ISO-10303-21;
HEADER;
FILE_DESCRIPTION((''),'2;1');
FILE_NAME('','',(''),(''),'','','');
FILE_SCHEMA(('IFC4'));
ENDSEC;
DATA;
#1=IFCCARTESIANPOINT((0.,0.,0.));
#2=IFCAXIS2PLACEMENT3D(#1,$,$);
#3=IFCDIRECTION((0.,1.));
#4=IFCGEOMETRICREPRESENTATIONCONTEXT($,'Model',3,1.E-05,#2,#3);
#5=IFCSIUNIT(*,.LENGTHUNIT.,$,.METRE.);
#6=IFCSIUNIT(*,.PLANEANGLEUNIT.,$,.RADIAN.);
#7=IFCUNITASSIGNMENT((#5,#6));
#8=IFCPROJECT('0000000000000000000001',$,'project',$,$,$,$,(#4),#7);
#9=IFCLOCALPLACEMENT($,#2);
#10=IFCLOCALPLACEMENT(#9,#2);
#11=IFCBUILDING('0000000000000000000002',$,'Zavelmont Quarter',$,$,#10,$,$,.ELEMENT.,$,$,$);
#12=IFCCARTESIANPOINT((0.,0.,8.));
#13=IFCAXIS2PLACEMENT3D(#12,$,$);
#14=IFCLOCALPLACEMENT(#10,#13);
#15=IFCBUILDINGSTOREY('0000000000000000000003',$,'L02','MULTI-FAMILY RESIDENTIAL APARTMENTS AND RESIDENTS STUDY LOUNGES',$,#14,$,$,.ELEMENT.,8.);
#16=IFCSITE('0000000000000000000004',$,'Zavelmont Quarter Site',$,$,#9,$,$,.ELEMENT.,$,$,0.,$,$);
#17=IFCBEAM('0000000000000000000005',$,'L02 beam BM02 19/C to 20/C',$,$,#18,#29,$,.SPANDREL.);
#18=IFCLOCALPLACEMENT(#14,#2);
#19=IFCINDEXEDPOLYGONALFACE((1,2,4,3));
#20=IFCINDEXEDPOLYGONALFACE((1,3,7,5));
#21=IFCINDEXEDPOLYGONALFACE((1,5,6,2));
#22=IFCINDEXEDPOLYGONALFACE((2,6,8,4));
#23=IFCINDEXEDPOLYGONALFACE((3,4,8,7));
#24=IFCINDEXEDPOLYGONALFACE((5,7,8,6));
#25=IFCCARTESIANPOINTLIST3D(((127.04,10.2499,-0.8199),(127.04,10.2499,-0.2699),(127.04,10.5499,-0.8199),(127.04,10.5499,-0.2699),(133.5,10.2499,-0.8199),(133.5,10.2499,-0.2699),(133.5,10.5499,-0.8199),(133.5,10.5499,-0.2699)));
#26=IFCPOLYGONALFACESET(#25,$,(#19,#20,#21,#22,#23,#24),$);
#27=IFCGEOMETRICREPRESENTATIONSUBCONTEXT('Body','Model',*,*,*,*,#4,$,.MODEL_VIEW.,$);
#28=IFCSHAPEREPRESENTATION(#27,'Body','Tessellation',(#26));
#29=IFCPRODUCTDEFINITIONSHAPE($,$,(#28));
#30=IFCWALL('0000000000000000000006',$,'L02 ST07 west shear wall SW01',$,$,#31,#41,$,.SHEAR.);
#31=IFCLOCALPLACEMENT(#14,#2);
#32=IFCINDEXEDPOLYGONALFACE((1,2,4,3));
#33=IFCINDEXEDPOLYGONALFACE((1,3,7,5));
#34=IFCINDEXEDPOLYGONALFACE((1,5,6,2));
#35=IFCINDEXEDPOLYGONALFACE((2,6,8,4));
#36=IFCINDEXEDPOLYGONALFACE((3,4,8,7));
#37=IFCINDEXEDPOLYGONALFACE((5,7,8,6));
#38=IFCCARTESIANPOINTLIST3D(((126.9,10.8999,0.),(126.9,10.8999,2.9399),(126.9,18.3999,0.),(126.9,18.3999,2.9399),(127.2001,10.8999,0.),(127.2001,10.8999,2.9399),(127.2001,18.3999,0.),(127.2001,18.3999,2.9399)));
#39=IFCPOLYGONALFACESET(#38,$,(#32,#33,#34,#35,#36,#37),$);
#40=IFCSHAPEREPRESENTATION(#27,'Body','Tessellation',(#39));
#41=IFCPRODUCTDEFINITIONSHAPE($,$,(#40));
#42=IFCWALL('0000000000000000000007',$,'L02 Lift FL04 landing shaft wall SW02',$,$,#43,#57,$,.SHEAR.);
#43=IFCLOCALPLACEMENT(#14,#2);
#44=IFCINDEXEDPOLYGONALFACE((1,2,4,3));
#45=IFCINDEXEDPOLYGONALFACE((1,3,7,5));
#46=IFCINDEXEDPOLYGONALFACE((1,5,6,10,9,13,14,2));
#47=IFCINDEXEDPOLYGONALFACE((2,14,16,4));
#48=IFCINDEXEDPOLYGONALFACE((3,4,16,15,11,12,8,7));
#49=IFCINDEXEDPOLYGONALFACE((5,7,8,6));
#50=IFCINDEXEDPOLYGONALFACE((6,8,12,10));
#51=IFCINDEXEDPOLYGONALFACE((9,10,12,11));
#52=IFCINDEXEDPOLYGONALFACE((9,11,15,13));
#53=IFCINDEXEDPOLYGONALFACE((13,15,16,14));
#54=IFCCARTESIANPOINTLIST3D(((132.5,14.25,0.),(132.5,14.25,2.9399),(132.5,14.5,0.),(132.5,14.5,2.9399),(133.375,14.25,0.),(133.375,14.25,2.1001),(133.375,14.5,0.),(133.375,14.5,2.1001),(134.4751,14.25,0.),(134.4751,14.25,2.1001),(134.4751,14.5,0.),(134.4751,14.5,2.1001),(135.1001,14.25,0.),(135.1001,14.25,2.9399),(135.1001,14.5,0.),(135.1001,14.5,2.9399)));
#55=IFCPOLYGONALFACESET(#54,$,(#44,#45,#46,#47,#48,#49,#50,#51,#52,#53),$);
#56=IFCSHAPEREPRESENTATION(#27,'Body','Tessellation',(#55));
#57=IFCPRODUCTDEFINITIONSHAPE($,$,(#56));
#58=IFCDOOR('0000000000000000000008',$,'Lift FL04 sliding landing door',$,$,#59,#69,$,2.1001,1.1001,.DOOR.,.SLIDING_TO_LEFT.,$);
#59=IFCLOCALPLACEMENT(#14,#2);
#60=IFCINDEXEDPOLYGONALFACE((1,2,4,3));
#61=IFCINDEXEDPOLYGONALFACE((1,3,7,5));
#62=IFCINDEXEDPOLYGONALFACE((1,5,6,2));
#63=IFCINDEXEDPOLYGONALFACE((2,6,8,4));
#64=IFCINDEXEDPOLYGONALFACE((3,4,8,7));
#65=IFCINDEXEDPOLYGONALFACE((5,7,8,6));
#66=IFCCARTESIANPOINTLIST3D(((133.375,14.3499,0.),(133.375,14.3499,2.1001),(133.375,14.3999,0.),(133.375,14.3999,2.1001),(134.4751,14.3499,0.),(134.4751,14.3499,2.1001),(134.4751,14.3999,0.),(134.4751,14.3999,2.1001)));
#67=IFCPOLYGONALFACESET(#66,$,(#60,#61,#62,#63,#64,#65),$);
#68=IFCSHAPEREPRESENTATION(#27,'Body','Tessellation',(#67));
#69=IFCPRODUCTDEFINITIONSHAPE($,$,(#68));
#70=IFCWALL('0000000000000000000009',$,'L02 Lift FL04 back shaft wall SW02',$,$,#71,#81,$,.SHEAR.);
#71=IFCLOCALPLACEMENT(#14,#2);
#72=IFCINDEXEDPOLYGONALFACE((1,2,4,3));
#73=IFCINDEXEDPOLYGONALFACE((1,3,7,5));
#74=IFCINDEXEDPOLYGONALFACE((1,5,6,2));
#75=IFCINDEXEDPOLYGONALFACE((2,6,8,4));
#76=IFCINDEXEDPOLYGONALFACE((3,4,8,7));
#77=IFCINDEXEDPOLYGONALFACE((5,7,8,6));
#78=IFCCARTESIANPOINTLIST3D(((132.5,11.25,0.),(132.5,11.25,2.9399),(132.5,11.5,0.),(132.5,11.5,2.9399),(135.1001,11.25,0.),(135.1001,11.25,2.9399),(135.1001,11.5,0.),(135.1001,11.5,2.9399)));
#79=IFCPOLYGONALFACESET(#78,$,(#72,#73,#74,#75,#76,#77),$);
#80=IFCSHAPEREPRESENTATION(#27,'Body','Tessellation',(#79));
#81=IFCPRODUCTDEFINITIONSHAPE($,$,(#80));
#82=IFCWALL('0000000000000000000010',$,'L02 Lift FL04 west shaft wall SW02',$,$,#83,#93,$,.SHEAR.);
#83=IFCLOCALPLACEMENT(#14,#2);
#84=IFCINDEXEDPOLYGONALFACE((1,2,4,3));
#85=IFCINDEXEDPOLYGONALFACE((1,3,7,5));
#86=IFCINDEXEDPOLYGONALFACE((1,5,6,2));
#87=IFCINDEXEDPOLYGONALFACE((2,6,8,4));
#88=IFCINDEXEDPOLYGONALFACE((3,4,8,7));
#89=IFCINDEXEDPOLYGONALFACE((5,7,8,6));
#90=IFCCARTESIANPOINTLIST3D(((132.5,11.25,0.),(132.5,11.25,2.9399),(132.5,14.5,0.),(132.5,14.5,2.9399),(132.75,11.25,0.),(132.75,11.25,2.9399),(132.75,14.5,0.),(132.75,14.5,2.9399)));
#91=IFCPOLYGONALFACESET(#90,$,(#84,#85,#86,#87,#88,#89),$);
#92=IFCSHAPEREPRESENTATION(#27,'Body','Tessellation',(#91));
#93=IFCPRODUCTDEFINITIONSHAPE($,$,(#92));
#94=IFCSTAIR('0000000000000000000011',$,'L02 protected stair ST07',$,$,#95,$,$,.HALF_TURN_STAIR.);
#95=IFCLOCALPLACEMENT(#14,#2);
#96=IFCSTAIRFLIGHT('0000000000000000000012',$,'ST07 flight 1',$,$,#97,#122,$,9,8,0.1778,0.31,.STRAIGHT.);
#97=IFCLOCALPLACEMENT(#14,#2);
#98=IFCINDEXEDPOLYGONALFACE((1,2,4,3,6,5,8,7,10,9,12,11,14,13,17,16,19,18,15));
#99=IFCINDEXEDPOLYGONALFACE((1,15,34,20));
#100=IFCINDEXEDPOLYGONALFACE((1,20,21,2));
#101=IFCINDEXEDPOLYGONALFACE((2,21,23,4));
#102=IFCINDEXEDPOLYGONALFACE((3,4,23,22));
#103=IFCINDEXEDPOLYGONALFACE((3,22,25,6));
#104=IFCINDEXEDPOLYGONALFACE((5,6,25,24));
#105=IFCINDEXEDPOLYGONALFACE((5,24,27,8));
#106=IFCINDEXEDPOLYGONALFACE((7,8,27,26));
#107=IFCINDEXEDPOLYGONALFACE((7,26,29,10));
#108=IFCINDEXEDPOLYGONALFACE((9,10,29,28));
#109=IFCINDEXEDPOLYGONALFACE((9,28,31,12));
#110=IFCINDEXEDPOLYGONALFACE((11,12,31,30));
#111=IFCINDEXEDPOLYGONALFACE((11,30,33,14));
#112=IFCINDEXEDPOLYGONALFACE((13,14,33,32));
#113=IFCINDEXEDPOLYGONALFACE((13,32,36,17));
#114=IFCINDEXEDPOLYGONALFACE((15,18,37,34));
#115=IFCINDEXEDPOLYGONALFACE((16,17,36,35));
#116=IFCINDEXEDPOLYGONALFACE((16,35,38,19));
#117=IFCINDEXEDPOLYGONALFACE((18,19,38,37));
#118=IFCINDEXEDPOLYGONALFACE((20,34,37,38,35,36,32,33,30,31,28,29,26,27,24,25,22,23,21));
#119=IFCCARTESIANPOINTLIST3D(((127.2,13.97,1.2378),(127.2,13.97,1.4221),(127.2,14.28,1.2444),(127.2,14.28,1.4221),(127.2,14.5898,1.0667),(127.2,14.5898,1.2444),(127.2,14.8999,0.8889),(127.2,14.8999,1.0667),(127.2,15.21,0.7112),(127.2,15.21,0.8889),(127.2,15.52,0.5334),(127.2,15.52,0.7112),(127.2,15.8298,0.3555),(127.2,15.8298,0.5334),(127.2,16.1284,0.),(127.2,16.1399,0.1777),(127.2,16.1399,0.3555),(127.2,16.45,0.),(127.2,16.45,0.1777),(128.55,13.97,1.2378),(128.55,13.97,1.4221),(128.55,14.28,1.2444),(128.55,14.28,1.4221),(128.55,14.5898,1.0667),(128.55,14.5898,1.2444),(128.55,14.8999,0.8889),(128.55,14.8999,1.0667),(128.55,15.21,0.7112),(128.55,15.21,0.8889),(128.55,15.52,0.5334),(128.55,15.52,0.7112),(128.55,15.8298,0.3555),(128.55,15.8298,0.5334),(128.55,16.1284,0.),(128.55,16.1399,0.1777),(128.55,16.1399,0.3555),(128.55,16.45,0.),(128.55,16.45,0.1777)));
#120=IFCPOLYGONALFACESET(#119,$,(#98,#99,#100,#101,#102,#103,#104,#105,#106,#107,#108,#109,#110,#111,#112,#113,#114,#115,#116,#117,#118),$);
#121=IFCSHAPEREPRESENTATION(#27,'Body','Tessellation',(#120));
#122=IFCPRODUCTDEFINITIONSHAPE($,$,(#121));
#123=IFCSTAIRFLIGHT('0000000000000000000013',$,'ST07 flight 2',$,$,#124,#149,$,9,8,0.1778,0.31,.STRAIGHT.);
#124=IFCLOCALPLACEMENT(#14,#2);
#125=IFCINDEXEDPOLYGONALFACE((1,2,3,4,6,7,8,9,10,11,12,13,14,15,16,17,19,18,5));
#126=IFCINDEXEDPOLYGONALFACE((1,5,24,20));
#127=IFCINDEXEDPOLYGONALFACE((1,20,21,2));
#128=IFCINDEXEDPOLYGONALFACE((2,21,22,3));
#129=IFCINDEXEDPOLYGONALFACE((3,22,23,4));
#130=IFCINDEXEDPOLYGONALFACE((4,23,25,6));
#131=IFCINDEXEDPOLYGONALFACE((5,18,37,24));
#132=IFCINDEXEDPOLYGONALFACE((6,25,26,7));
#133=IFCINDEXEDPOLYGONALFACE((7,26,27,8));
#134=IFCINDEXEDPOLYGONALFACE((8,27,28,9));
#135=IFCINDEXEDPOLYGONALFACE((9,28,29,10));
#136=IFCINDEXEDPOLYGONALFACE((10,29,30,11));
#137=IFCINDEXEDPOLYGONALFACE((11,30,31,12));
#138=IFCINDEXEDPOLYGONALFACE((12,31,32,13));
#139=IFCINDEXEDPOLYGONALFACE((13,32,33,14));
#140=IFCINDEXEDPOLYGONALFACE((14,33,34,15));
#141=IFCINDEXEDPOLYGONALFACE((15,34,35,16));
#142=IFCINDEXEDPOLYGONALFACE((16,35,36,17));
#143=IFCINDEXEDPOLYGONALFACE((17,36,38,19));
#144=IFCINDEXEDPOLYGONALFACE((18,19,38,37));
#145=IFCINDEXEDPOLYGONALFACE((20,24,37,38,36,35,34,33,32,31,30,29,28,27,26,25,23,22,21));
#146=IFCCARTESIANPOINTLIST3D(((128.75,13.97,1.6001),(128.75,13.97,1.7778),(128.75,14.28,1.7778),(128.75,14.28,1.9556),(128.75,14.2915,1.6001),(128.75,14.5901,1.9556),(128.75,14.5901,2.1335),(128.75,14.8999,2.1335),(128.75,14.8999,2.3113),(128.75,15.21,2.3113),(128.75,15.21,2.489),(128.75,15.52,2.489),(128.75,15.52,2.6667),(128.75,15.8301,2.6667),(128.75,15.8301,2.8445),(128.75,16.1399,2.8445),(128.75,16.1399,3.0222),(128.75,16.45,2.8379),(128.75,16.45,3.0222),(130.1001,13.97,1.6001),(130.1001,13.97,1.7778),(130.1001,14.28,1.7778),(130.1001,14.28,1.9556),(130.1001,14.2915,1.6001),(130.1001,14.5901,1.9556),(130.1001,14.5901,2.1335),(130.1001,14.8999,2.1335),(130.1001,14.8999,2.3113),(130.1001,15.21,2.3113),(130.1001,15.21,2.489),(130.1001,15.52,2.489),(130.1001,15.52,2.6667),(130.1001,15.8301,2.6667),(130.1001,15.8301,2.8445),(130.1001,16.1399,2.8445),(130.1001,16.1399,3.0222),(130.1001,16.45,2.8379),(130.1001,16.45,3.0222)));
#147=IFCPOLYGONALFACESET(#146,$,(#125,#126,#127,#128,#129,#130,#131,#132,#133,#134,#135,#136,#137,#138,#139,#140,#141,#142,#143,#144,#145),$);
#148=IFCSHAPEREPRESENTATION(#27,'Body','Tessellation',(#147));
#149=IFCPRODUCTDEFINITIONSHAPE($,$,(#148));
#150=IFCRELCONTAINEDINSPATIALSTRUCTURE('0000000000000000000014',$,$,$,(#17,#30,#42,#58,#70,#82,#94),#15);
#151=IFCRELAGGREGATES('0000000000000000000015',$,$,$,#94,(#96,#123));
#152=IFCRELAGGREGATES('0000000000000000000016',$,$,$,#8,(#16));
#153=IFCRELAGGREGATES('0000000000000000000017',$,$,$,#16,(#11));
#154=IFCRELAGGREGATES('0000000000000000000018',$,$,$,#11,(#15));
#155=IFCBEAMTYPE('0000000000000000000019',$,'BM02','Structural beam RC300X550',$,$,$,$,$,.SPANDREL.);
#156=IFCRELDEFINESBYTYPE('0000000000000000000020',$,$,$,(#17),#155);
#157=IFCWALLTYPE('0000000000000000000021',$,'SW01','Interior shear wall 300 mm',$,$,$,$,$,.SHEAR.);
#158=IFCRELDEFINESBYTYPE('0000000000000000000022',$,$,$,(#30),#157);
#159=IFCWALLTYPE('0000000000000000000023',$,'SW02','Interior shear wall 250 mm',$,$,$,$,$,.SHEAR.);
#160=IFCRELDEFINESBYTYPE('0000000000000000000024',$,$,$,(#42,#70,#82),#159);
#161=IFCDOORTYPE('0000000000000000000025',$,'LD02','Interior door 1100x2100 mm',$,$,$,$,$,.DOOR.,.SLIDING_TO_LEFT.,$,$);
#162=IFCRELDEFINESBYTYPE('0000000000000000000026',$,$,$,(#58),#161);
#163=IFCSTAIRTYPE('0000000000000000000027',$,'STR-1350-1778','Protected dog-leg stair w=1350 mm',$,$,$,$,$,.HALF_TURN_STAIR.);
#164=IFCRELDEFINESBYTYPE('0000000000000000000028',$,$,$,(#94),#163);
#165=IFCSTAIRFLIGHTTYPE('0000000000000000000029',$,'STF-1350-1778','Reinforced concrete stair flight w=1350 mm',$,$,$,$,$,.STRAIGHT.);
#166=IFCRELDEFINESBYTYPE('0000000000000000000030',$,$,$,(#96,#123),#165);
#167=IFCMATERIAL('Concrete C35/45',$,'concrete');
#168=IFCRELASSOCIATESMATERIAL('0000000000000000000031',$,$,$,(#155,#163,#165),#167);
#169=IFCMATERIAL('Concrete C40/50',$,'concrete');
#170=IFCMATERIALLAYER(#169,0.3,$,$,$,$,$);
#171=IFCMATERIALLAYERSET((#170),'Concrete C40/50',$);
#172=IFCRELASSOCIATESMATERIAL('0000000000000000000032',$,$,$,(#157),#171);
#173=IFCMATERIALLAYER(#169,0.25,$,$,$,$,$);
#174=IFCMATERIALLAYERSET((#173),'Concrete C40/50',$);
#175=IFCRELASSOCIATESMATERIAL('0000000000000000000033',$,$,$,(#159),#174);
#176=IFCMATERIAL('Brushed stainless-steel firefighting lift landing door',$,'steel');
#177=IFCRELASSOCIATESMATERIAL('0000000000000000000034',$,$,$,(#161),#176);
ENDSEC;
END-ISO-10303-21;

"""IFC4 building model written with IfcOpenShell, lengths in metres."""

from ifc_helpers import new_model, si_unit, direction, frame, frame_2d, origin, origin_with_axes, origin_2d, place, context, subcontext, project, spatial, polyline, rectangle, outline, extrude, material, layer, layer_set, material_profile, profile_set, type_object, element, fill, aggregate, save


model = new_model("IFC4")

# Units and contexts
model_context = context("Model", 3, precision=1e-05, world=origin(), true_north=direction((0.0, 1.0)))
body_context = subcontext(model_context, "Body", "Model", "MODEL_VIEW")
ifc_project = project(units=[si_unit("LENGTHUNIT", "METRE"), si_unit("PLANEANGLEUNIT", "RADIAN")], contexts=[model_context])

# Site, building, storey
site_placement = place(None, origin())
site = spatial("IfcSite", under=ifc_project, at=site_placement, Name="Zavelmont Quarter Site", CompositionType="ELEMENT", RefElevation=0.0)
building_placement = place(site_placement, origin())
building = spatial("IfcBuilding", under=site, at=building_placement, Name="Zavelmont Quarter", CompositionType="ELEMENT")
storey_placement = place(building_placement, frame((0.0, 0.0, 8.0)))
storey = spatial("IfcBuildingStorey", under=building, at=storey_placement, Name="L02", Description="MULTI-FAMILY RESIDENTIAL APARTMENTS AND RESIDENTS STUDY LOUNGES", CompositionType="ELEMENT", Elevation=8.0)

# Beam
ifc_material_1 = material(Name="Concrete C35/45", Category="concrete")
ifc_material_profile = material_profile(ifc_material_1, rectangle(XDim=0.3, YDim=0.55, at=origin_2d()), Name="RC300X550")
ifc_profile_set = profile_set([ifc_material_profile], Name="Concrete C35/45")
beam_type = type_object("IfcBeamType", Name="BM02", Description="Structural beam RC300X550", PredefinedType="SPANDREL", material=ifc_profile_set)
beam_placement = place(storey_placement, frame((127.04, 10.3999, -0.5449), z_axis=(1.0, 0.0, 0.0), x_axis=(0.0, 1.0, 0.0)))
element("IfcBeam", 1, at=beam_placement, inside=storey, type_object=beam_type, Name="L02 beam BM02 19/C to 20/C", PredefinedType="SPANDREL", context=body_context, shape_type="SweptSolid", body=[
    extrude(rectangle(XDim=0.3, YDim=0.55, at=origin_2d()), origin(), (0.0, 0.0, 1.0), 6.46),
])

# Wall
ifc_material_2 = material(Name="Concrete C40/50", Category="concrete")
ifc_layer_1 = layer(ifc_material_2, 0.3)
ifc_layer_set_1 = layer_set([ifc_layer_1], Name="Concrete C40/50")
wall_type_1 = type_object("IfcWallType", Name="SW01", Description="Interior shear wall 300 mm", PredefinedType="SHEAR", material=ifc_layer_set_1)
wall_1_placement = place(storey_placement, frame((127.05, 10.8999, 0.0), z_axis=(0.0, 0.0, 1.0), x_axis=(0.0, 1.0, 0.0)))
element("IfcWall", 2, at=wall_1_placement, inside=storey, type_object=wall_type_1, Name="L02 ST07 west shear wall SW01", PredefinedType="SHEAR", context=body_context, shape_type="SweptSolid", body=[
    extrude(rectangle(XDim=7.5, YDim=0.3, at=frame_2d((3.75, 0.0))), origin(), (0.0, 0.0, 1.0), 2.9399),
])

# Wall, opening, door
ifc_layer_2 = layer(ifc_material_2, 0.25)
ifc_layer_set_2 = layer_set([ifc_layer_2], Name="Concrete C40/50")
wall_type_2 = type_object("IfcWallType", Name="SW02", Description="Interior shear wall 250 mm", PredefinedType="SHEAR", material=ifc_layer_set_2)
wall_2_placement = place(storey_placement, frame((132.5, 14.375, 0.0), z_axis=(0.0, 0.0, 1.0), x_axis=(1.0, 0.0, 0.0)))
wall_2 = element("IfcWall", 3, at=wall_2_placement, inside=storey, type_object=wall_type_2, Name="L02 Lift FL04 landing shaft wall SW02", PredefinedType="SHEAR", context=body_context, shape_type="SweptSolid", body=[
    extrude(rectangle(XDim=2.6001, YDim=0.25, at=frame_2d((1.3, 0.0))), origin(), (0.0, 0.0, 1.0), 2.9399),
])
opening_1_placement = place(wall_2_placement, frame((0.875, 0.0, 0.0)))
opening_1 = element("IfcOpeningElement", 4, at=opening_1_placement, cuts=wall_2, PredefinedType="OPENING", context=body_context, shape_type="SweptSolid", body=[
    extrude(rectangle(XDim=1.1001, YDim=2.1001, at=frame_2d((0.55, 1.05))), frame((0.0, 0.137, 0.0), z_axis=(0.0, -1.0, 0.0), x_axis=(1.0, 0.0, 0.0)), (0.0, 0.0, 1.0), 0.2739),
])
ifc_material_3 = material(Name="Brushed stainless-steel firefighting lift landing door", Category="steel")
door_type_1 = type_object("IfcDoorType", Name="LD02", Description="Interior door 1100x2100 mm", OperationType="SLIDING_TO_LEFT", PredefinedType="DOOR", material=ifc_material_3)
door_1_placement = place(opening_1_placement, origin_with_axes())
door_1 = element("IfcDoor", 5, at=door_1_placement, inside=storey, type_object=door_type_1, Name="Lift FL04 sliding landing door", OperationType="SLIDING_TO_LEFT", OverallHeight=2.1001, OverallWidth=1.1001, PredefinedType="DOOR", context=body_context, shape_type="SweptSolid", body=[
    extrude(rectangle(XDim=1.1001, YDim=2.1001, at=frame_2d((0.55, 1.05))), frame((0.0, 0.0249, 0.0), z_axis=(0.0, -1.0, 0.0), x_axis=(1.0, 0.0, 0.0)), (0.0, 0.0, 1.0), 0.05),
])
fill(opening_1, door_1)

# Walls
wall_3_placement = place(storey_placement, frame((132.5, 11.375, 0.0), z_axis=(0.0, 0.0, 1.0), x_axis=(1.0, 0.0, 0.0)))
element("IfcWall", 6, at=wall_3_placement, inside=storey, type_object=wall_type_2, Name="L02 Lift FL04 back shaft wall SW02", PredefinedType="SHEAR", context=body_context, shape_type="SweptSolid", body=[
    extrude(rectangle(XDim=2.6001, YDim=0.25, at=frame_2d((1.3, 0.0))), origin(), (0.0, 0.0, 1.0), 2.9399),
])
wall_4_placement = place(storey_placement, frame((132.625, 11.25, 0.0), z_axis=(0.0, 0.0, 1.0), x_axis=(0.0, 1.0, 0.0)))
element("IfcWall", 7, at=wall_4_placement, inside=storey, type_object=wall_type_2, Name="L02 Lift FL04 west shaft wall SW02", PredefinedType="SHEAR", context=body_context, shape_type="SweptSolid", body=[
    extrude(rectangle(XDim=3.25, YDim=0.25, at=frame_2d((1.625, 0.0))), origin(), (0.0, 0.0, 1.0), 2.9399),
])

# Stair, stair flights
stair_type = type_object("IfcStairType", Name="STR-1350-1778", Description="Protected dog-leg stair w=1350 mm", PredefinedType="HALF_TURN_STAIR", material=ifc_material_1)
stair_placement = place(storey_placement, origin())
stair = element("IfcStair", 8, at=stair_placement, inside=storey, type_object=stair_type, Name="L02 protected stair ST07", PredefinedType="HALF_TURN_STAIR")
stair_flight_type = type_object("IfcStairFlightType", Name="STF-1350-1778", Description="Reinforced concrete stair flight w=1350 mm", PredefinedType="STRAIGHT", material=ifc_material_1)
stair_flight_1_placement = place(storey_placement, frame((127.875, 16.45, 0.0), z_axis=(0.0, 0.0, 1.0), x_axis=(0.0, -1.0, 0.0)))
stair_flight_1 = element("IfcStairFlight", 9, at=stair_flight_1_placement, type_object=stair_flight_type, Name="ST07 flight 1", NumberOfRisers=9, NumberOfTreads=8, PredefinedType="STRAIGHT", RiserHeight=0.1778, TreadLength=0.31, context=body_context, shape_type="SweptSolid", body=[
    extrude(outline(polyline([(0.0, 0.0), (0.0, 0.1777), (0.3101, 0.1777), (0.3101, 0.3555), (0.6201, 0.3555), (0.6201, 0.5334), (0.9299, 0.5334), (0.9299, 0.7112), (1.24, 0.7112), (1.24, 0.8889), (1.55, 0.8889), (1.55, 1.0667), (1.8601, 1.0667), (1.8601, 1.2444), (2.1699, 1.2444), (2.1699, 1.4221), (2.48, 1.4221), (2.48, 1.6001), (2.48, 1.2378), (0.3215, 0.0), (0.0, 0.0)])), frame((0.0, 0.675, 0.0), z_axis=(0.0, -1.0, 0.0), x_axis=(1.0, 0.0, 0.0)), (0.0, 0.0, 1.0), 1.3501),
])
stair_flight_2_placement = place(storey_placement, frame((129.425, 13.97, 1.6001), z_axis=(0.0, 0.0, 1.0), x_axis=(0.0, 1.0, 0.0)))
stair_flight_2 = element("IfcStairFlight", 10, at=stair_flight_2_placement, type_object=stair_flight_type, Name="ST07 flight 2", NumberOfRisers=9, NumberOfTreads=8, PredefinedType="STRAIGHT", RiserHeight=0.1778, TreadLength=0.31, context=body_context, shape_type="SweptSolid", body=[
    extrude(outline(polyline([(0.0, 0.0), (0.0, 0.1777), (0.3101, 0.1777), (0.3101, 0.3555), (0.6201, 0.3555), (0.6201, 0.5334), (0.9299, 0.5334), (0.9299, 0.7112), (1.24, 0.7112), (1.24, 0.8889), (1.55, 0.8889), (1.55, 1.0667), (1.8601, 1.0667), (1.8601, 1.2444), (2.1699, 1.2444), (2.1699, 1.4221), (2.48, 1.4221), (2.48, 1.6001), (2.48, 1.2378), (0.3215, 0.0), (0.0, 0.0)])), frame((0.0, 0.675, 0.0), z_axis=(0.0, -1.0, 0.0), x_axis=(1.0, 0.0, 0.0)), (0.0, 0.0, 1.0), 1.3501),
])
aggregate(stair, [stair_flight_1, stair_flight_2])

save(model, "model.ifc")
